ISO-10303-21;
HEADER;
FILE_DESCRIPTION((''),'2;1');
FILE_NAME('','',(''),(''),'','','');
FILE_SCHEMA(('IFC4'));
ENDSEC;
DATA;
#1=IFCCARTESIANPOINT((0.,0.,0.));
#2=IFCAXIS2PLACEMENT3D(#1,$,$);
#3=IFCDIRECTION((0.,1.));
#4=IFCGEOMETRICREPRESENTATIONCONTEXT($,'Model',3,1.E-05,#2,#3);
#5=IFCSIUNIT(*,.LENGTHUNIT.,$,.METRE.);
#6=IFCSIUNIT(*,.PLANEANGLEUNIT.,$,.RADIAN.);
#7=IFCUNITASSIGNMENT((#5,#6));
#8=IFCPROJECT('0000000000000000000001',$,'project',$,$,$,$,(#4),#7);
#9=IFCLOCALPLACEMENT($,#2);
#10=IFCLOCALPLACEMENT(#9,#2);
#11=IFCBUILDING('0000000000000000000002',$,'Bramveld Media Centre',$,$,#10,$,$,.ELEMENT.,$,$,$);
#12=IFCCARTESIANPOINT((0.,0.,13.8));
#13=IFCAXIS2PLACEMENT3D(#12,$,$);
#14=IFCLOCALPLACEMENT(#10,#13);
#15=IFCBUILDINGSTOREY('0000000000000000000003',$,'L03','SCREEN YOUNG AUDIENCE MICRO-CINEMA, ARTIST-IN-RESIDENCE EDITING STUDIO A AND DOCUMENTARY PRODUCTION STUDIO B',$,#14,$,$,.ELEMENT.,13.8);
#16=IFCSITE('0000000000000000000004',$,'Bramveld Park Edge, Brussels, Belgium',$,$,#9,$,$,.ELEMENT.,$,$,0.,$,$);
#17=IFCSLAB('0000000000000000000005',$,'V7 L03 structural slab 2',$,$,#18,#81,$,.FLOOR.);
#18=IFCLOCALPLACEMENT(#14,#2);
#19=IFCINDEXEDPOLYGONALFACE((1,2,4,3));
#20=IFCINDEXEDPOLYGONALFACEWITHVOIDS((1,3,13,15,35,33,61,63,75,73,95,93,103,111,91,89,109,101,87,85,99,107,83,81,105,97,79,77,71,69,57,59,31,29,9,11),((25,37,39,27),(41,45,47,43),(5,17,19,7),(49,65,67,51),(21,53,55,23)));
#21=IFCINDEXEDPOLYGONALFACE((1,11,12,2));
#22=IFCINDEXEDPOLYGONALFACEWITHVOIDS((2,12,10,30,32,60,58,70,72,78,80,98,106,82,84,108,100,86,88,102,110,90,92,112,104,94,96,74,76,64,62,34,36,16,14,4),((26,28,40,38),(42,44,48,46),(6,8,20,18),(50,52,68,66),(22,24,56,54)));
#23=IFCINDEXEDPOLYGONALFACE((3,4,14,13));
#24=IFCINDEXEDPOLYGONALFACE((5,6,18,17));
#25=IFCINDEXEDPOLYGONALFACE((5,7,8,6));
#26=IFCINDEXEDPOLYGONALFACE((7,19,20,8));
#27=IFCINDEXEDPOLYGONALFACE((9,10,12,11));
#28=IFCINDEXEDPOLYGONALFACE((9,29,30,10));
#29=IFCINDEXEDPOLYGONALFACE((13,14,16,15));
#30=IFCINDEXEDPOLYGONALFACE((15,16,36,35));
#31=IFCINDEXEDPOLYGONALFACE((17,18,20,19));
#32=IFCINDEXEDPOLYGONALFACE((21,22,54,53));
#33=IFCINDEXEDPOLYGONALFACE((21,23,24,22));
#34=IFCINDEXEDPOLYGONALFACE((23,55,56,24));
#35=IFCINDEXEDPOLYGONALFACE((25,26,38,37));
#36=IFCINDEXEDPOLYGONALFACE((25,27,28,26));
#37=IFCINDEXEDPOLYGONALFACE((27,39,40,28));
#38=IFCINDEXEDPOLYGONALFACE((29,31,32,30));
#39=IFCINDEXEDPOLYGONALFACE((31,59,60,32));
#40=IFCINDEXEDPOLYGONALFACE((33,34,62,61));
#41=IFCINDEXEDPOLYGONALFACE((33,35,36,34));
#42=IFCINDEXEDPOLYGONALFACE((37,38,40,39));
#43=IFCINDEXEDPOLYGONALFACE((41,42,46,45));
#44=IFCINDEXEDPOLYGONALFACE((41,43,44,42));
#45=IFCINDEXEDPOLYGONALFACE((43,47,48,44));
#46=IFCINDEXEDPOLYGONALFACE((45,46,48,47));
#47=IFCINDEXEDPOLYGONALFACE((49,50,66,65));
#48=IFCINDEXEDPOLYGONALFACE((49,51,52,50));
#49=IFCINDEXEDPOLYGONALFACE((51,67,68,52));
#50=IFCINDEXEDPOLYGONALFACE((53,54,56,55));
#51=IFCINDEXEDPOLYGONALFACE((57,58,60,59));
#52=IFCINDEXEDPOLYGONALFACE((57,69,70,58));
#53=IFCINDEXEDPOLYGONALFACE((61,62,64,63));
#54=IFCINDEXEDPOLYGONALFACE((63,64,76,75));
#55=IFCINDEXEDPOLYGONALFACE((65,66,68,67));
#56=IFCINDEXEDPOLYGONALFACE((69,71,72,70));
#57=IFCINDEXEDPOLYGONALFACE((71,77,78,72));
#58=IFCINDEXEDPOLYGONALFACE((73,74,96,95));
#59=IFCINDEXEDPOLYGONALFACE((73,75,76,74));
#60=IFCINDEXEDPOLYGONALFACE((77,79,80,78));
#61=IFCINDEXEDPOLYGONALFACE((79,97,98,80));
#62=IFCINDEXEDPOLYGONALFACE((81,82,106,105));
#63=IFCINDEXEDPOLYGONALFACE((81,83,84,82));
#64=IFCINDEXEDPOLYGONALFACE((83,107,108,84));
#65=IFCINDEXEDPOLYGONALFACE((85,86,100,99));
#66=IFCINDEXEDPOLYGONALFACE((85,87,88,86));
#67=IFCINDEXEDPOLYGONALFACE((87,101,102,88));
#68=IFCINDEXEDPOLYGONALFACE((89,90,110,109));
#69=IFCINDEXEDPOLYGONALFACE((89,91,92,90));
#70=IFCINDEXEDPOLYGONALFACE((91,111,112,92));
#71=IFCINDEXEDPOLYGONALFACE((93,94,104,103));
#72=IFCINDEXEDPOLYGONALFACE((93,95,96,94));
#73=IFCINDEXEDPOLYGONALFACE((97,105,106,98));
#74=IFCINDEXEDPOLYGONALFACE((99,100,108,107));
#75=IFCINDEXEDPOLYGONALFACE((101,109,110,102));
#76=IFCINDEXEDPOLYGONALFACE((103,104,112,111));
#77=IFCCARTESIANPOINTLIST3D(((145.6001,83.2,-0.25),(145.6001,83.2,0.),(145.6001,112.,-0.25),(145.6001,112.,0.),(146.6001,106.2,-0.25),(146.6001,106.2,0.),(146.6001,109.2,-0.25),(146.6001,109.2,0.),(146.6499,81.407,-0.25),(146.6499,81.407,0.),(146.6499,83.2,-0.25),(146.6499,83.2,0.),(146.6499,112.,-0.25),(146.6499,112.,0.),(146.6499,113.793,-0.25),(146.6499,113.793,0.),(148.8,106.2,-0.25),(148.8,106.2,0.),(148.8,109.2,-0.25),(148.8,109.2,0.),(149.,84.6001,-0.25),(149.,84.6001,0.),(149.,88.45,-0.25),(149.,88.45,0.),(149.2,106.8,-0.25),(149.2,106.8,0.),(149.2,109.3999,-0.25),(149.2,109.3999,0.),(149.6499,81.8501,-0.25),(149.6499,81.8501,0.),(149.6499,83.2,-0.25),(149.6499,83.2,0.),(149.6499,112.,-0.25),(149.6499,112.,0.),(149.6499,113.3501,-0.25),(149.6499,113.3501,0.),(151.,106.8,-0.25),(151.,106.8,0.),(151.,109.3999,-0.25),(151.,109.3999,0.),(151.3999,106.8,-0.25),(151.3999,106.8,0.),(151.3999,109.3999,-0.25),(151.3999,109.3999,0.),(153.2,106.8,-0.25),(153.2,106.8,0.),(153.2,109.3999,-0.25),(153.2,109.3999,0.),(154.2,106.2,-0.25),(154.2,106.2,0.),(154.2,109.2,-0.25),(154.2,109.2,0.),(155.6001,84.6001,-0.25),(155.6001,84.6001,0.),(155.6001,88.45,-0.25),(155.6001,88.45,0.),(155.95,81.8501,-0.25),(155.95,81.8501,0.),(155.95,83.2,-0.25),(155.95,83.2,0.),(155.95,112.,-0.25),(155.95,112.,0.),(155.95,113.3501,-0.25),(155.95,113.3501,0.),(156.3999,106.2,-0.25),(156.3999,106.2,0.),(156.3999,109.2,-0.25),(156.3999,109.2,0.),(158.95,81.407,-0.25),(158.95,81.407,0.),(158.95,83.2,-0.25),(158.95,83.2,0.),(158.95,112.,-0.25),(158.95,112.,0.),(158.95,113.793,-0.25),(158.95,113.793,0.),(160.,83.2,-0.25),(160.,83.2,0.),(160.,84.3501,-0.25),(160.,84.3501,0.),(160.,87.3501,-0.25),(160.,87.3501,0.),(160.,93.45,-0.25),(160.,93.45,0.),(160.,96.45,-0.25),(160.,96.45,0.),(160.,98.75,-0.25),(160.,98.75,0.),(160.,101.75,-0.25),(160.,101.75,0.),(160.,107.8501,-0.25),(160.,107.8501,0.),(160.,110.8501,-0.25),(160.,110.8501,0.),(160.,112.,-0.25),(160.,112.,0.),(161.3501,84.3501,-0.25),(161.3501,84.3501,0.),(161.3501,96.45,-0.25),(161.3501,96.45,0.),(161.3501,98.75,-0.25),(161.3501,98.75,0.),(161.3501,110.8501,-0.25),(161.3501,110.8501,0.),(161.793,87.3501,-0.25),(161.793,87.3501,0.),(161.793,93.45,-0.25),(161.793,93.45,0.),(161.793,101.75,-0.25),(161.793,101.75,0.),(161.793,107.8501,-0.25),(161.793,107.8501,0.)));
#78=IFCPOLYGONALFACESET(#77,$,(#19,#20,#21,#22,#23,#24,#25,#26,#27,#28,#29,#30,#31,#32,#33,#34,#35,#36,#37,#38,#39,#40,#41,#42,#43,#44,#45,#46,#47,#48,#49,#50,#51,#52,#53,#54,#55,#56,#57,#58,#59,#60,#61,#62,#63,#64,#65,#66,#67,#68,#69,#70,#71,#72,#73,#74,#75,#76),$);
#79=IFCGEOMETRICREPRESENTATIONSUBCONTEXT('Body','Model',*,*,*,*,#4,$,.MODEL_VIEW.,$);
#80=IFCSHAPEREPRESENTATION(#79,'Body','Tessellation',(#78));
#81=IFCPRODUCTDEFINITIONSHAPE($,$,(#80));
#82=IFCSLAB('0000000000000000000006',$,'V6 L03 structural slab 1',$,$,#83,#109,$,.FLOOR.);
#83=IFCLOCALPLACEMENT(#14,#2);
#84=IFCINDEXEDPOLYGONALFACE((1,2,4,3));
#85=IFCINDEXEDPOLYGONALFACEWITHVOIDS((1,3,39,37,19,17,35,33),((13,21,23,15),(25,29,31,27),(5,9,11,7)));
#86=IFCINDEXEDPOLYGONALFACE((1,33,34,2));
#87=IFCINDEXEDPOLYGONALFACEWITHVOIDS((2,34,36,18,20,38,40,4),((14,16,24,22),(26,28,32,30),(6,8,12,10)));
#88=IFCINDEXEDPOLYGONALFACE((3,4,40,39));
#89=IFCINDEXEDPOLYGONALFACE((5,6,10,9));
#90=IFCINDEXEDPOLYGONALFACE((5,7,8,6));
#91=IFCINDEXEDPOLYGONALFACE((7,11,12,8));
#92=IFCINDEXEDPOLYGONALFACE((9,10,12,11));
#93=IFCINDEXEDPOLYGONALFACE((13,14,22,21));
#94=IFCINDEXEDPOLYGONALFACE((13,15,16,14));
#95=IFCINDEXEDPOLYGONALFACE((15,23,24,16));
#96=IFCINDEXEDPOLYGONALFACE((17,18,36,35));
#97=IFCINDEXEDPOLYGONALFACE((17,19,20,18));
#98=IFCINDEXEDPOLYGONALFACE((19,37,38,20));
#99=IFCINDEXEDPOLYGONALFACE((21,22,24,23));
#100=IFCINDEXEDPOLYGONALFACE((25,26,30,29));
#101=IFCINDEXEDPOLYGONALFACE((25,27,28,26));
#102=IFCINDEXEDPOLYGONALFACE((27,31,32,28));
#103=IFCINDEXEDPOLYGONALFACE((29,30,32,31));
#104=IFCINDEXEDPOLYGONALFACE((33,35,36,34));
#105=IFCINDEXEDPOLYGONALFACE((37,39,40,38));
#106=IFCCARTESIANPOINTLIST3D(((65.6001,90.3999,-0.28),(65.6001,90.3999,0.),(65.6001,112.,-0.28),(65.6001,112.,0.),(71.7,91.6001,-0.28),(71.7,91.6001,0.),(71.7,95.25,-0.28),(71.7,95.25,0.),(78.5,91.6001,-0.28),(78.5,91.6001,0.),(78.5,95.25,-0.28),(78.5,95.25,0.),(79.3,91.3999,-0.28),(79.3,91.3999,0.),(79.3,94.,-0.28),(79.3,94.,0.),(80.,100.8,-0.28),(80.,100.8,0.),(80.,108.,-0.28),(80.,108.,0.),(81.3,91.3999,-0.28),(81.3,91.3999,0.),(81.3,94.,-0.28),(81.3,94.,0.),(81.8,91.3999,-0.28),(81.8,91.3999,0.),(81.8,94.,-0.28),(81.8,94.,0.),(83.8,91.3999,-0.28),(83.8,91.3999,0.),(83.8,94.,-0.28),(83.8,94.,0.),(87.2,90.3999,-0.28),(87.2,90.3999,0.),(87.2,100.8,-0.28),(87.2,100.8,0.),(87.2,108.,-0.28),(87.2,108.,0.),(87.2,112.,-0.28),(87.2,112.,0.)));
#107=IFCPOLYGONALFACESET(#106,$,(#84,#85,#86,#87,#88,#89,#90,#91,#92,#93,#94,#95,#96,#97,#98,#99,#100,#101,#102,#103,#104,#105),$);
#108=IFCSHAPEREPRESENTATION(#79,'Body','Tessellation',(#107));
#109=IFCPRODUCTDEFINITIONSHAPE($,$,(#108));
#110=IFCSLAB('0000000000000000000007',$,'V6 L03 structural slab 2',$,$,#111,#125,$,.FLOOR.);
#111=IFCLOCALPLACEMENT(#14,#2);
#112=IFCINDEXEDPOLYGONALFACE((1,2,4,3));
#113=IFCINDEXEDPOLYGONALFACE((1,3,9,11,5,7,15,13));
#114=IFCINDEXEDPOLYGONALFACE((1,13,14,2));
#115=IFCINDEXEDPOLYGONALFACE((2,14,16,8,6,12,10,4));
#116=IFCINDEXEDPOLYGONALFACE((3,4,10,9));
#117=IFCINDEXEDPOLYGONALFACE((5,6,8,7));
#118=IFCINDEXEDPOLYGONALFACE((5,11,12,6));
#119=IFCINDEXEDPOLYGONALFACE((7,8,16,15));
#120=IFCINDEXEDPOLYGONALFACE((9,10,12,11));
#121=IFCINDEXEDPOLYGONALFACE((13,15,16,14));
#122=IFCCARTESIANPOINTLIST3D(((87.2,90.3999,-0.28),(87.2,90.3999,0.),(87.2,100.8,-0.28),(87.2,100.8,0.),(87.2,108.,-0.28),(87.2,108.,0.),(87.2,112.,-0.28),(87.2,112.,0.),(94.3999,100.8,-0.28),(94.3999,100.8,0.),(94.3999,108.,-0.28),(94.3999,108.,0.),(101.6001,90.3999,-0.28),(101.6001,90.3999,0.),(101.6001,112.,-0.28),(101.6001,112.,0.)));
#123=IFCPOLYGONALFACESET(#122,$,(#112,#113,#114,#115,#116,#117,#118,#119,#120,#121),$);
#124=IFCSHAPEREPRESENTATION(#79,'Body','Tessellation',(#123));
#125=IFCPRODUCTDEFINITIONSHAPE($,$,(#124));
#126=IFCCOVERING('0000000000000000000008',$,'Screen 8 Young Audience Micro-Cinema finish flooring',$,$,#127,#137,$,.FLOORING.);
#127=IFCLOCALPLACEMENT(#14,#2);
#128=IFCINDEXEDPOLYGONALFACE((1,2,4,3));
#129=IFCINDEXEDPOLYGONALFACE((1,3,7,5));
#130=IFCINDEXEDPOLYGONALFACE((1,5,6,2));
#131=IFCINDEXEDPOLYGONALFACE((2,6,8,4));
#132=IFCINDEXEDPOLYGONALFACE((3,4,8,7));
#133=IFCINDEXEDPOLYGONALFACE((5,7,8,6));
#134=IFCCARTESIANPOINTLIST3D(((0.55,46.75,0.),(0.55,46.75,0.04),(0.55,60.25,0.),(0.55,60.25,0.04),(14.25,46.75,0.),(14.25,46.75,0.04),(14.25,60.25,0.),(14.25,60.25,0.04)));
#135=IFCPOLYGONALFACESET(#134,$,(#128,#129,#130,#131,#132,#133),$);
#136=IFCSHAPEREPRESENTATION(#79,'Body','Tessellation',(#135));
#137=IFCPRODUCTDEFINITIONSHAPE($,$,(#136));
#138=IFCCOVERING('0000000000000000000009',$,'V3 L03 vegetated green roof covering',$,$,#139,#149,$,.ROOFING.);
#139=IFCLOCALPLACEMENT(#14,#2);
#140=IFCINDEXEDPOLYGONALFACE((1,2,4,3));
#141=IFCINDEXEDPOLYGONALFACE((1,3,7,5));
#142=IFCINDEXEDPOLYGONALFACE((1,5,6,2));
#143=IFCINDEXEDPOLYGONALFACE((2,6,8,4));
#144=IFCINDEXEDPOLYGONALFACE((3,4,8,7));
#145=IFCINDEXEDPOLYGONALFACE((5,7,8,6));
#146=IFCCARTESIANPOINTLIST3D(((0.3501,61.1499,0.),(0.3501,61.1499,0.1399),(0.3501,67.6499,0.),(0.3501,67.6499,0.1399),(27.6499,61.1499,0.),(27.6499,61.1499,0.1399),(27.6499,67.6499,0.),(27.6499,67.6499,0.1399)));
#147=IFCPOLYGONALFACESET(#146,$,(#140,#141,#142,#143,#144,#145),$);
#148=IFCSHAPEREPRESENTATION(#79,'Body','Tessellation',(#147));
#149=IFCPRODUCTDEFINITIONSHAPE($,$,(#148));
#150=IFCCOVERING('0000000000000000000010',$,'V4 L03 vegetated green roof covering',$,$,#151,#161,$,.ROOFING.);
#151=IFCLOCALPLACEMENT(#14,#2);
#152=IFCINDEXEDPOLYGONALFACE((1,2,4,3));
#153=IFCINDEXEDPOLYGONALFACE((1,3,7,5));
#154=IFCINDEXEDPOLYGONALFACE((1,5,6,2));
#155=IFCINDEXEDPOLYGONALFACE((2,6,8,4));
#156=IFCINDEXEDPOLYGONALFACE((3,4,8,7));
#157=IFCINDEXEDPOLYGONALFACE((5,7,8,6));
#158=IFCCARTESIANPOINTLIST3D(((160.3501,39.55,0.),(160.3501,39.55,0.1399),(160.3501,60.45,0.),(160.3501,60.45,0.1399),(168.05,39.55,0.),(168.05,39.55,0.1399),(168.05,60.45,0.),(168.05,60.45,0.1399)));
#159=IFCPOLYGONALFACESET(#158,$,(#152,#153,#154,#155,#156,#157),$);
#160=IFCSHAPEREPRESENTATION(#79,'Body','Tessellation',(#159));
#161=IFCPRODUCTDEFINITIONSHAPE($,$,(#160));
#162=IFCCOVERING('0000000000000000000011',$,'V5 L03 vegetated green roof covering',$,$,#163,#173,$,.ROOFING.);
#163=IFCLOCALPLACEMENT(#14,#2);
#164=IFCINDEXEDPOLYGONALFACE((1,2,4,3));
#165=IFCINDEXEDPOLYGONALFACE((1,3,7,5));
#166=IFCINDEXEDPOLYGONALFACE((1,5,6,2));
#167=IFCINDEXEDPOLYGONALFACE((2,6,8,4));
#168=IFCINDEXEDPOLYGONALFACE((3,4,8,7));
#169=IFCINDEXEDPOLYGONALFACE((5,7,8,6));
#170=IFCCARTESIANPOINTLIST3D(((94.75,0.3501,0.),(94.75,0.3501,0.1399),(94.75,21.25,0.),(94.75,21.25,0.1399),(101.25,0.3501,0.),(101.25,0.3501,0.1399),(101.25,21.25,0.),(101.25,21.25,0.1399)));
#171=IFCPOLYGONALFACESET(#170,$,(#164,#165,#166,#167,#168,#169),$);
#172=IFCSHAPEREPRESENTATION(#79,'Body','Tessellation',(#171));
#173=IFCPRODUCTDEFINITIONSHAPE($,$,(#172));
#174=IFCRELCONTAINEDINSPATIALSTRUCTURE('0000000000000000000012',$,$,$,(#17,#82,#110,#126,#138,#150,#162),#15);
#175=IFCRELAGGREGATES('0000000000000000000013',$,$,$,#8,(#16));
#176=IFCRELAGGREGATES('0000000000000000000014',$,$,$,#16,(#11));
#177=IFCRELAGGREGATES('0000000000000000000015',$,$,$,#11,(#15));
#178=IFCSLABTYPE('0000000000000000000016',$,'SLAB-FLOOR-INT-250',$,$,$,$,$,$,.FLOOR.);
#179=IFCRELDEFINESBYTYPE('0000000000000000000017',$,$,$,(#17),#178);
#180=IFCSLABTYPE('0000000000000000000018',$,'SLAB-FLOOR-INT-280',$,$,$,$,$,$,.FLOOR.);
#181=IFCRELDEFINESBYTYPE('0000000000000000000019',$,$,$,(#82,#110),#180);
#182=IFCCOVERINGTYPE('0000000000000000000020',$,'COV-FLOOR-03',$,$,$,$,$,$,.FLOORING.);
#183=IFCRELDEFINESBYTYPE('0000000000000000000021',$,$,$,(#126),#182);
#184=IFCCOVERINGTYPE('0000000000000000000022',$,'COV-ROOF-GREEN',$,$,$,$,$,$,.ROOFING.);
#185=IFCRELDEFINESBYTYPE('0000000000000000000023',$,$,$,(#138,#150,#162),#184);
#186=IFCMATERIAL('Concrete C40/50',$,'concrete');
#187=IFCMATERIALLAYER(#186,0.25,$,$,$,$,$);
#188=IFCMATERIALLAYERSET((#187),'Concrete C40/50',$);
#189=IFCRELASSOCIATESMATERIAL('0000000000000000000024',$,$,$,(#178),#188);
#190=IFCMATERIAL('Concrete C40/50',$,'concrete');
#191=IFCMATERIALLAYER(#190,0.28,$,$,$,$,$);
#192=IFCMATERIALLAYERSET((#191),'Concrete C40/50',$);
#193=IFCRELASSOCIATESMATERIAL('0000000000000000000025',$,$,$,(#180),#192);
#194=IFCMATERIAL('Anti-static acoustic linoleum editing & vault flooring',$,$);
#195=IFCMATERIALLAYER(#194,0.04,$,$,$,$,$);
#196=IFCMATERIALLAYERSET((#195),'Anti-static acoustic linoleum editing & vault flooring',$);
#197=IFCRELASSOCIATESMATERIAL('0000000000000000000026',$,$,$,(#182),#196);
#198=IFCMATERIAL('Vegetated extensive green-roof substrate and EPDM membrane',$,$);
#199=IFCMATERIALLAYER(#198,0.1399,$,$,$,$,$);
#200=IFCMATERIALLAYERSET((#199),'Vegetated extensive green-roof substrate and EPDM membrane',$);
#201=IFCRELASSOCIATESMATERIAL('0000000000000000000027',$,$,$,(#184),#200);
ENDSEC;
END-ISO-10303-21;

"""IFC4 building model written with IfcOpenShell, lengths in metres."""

from ifc_helpers import new_model, si_unit, direction, frame, origin, place, context, subcontext, project, spatial, polyline, outline, extrude, material, layer, layer_set, type_object, element, save


model = new_model("IFC4")

# Units and contexts
model_context = context("Model", 3, precision=1e-05, world=origin(), true_north=direction((0.0, 1.0)))
body_context = subcontext(model_context, "Body", "Model", "MODEL_VIEW")
ifc_project = project(units=[si_unit("LENGTHUNIT", "METRE"), si_unit("PLANEANGLEUNIT", "RADIAN")], contexts=[model_context])

# Site, building, storey
site_placement = place(None, origin())
site = spatial("IfcSite", under=ifc_project, at=site_placement, Name="Bramveld Park Edge, Brussels, Belgium", CompositionType="ELEMENT", RefElevation=0.0)
building_placement = place(site_placement, origin())
building = spatial("IfcBuilding", under=site, at=building_placement, Name="Bramveld Media Centre", CompositionType="ELEMENT")
storey_placement = place(building_placement, frame((0.0, 0.0, 13.8)))
storey = spatial("IfcBuildingStorey", under=building, at=storey_placement, Name="L03", Description="SCREEN YOUNG AUDIENCE MICRO-CINEMA, ARTIST-IN-RESIDENCE EDITING STUDIO A AND DOCUMENTARY PRODUCTION STUDIO B", CompositionType="ELEMENT", Elevation=13.8)

# Slabs
ifc_material_1 = material(Name="Concrete C40/50", Category="concrete")
ifc_layer_1 = layer(ifc_material_1, 0.25)
ifc_layer_set_1 = layer_set([ifc_layer_1], Name="Concrete C40/50")
slab_type_1 = type_object("IfcSlabType", Name="SLAB-FLOOR-INT-250", PredefinedType="FLOOR", material=ifc_layer_set_1)
slab_1_placement = place(storey_placement, frame((0.0, 0.0, -0.25)))
element("IfcSlab", 1, at=slab_1_placement, inside=storey, type_object=slab_type_1, Name="V7 L03 structural slab 2", PredefinedType="FLOOR", context=body_context, shape_type="SweptSolid", body=[
    extrude(outline(polyline([(146.6499, 113.793), (149.6499, 113.3501), (149.6499, 112.0), (155.95, 112.0), (155.95, 113.3501), (158.95, 113.793), (158.95, 112.0), (160.0, 112.0), (160.0, 110.8501), (161.3501, 110.8501), (161.793, 107.8501), (160.0, 107.8501), (160.0, 101.75), (161.793, 101.75), (161.3501, 98.75), (160.0, 98.75), (160.0, 96.45), (161.3501, 96.45), (161.793, 93.45), (160.0, 93.45), (160.0, 87.3501), (161.793, 87.3501), (161.3501, 84.3501), (160.0, 84.3501), (160.0, 83.2), (158.95, 83.2), (158.95, 81.407), (155.95, 81.8501), (155.95, 83.2), (149.6499, 83.2), (149.6499, 81.8501), (146.6499, 81.407), (146.6499, 83.2), (145.6001, 83.2), (145.6001, 112.0), (146.6499, 112.0), (146.6499, 113.793)]), holes=[polyline([(149.0, 88.45), (149.0, 84.6001), (155.6001, 84.6001), (155.6001, 88.45), (149.0, 88.45)]), polyline([(146.6001, 109.2), (146.6001, 106.2), (148.8, 106.2), (148.8, 109.2), (146.6001, 109.2)]), polyline([(154.2, 106.2), (156.3999, 106.2), (156.3999, 109.2), (154.2, 109.2), (154.2, 106.2)]), polyline([(149.2, 109.3999), (149.2, 106.8), (151.0, 106.8), (151.0, 109.3999), (149.2, 109.3999)]), polyline([(151.3999, 109.3999), (151.3999, 106.8), (153.2, 106.8), (153.2, 109.3999), (151.3999, 109.3999)])]), origin(), (0.0, 0.0, 1.0), 0.25),
])
ifc_material_2 = material(Name="Concrete C40/50", Category="concrete")
ifc_layer_2 = layer(ifc_material_2, 0.28)
ifc_layer_set_2 = layer_set([ifc_layer_2], Name="Concrete C40/50")
slab_type_2 = type_object("IfcSlabType", Name="SLAB-FLOOR-INT-280", PredefinedType="FLOOR", material=ifc_layer_set_2)
slab_2_placement = place(storey_placement, frame((0.0, 0.0, -0.28)))
element("IfcSlab", 2, at=slab_2_placement, inside=storey, type_object=slab_type_2, Name="V6 L03 structural slab 1", PredefinedType="FLOOR", context=body_context, shape_type="SweptSolid", body=[
    extrude(outline(polyline([(65.6001, 112.0), (87.2, 112.0), (87.2, 108.0), (80.0, 108.0), (80.0, 100.8), (87.2, 100.8), (87.2, 90.3999), (65.6001, 90.3999), (65.6001, 112.0)]), holes=[polyline([(79.3, 91.3999), (81.3, 91.3999), (81.3, 94.0), (79.3, 94.0), (79.3, 91.3999)]), polyline([(81.8, 91.3999), (83.8, 91.3999), (83.8, 94.0), (81.8, 94.0), (81.8, 91.3999)]), polyline([(71.7, 95.25), (71.7, 91.6001), (78.5, 91.6001), (78.5, 95.25), (71.7, 95.25)])]), origin(), (0.0, 0.0, 1.0), 0.28),
])
slab_3_placement = place(storey_placement, frame((0.0, 0.0, -0.28)))
element("IfcSlab", 3, at=slab_3_placement, inside=storey, type_object=slab_type_2, Name="V6 L03 structural slab 2", PredefinedType="FLOOR", context=body_context, shape_type="SweptSolid", body=[
    extrude(outline(polyline([(101.6001, 90.3999), (87.2, 90.3999), (87.2, 100.8), (94.3999, 100.8), (94.3999, 108.0), (87.2, 108.0), (87.2, 112.0), (101.6001, 112.0), (101.6001, 90.3999)])), origin(), (0.0, 0.0, 1.0), 0.28),
])

# Coverings
ifc_material_3 = material(Name="Anti-static acoustic linoleum editing & vault flooring")
ifc_layer_3 = layer(ifc_material_3, 0.04)
ifc_layer_set_3 = layer_set([ifc_layer_3], Name="Anti-static acoustic linoleum editing & vault flooring")
covering_type_1 = type_object("IfcCoveringType", Name="COV-FLOOR-03", PredefinedType="FLOORING", material=ifc_layer_set_3)
covering_1_placement = place(storey_placement, origin())
element("IfcCovering", 4, at=covering_1_placement, inside=storey, type_object=covering_type_1, Name="Screen 8 Young Audience Micro-Cinema finish flooring", PredefinedType="FLOORING", context=body_context, shape_type="SweptSolid", body=[
    extrude(outline(polyline([(0.55, 46.75), (14.25, 46.75), (14.25, 60.25), (0.55, 60.25), (0.55, 46.75)])), origin(), (0.0, 0.0, 1.0), 0.04),
])
ifc_material_4 = material(Name="Vegetated extensive green-roof substrate and EPDM membrane")
ifc_layer_4 = layer(ifc_material_4, 0.1399)
ifc_layer_set_4 = layer_set([ifc_layer_4], Name="Vegetated extensive green-roof substrate and EPDM membrane")
covering_type_2 = type_object("IfcCoveringType", Name="COV-ROOF-GREEN", PredefinedType="ROOFING", material=ifc_layer_set_4)
covering_2_placement = place(storey_placement, origin())
element("IfcCovering", 5, at=covering_2_placement, inside=storey, type_object=covering_type_2, Name="V3 L03 vegetated green roof covering", PredefinedType="ROOFING", context=body_context, shape_type="SweptSolid", body=[
    extrude(outline(polyline([(0.3501, 61.1499), (27.6499, 61.1499), (27.6499, 67.6499), (0.3501, 67.6499), (0.3501, 61.1499)])), origin(), (0.0, 0.0, 1.0), 0.1399),
])
covering_3_placement = place(storey_placement, origin())
element("IfcCovering", 6, at=covering_3_placement, inside=storey, type_object=covering_type_2, Name="V4 L03 vegetated green roof covering", PredefinedType="ROOFING", context=body_context, shape_type="SweptSolid", body=[
    extrude(outline(polyline([(160.3501, 39.55), (168.05, 39.55), (168.05, 60.45), (160.3501, 60.45), (160.3501, 39.55)])), origin(), (0.0, 0.0, 1.0), 0.1399),
])
covering_4_placement = place(storey_placement, origin())
element("IfcCovering", 7, at=covering_4_placement, inside=storey, type_object=covering_type_2, Name="V5 L03 vegetated green roof covering", PredefinedType="ROOFING", context=body_context, shape_type="SweptSolid", body=[
    extrude(outline(polyline([(94.75, 0.3501), (101.25, 0.3501), (101.25, 21.25), (94.75, 21.25), (94.75, 0.3501)])), origin(), (0.0, 0.0, 1.0), 0.1399),
])

save(model, "model.ifc")
